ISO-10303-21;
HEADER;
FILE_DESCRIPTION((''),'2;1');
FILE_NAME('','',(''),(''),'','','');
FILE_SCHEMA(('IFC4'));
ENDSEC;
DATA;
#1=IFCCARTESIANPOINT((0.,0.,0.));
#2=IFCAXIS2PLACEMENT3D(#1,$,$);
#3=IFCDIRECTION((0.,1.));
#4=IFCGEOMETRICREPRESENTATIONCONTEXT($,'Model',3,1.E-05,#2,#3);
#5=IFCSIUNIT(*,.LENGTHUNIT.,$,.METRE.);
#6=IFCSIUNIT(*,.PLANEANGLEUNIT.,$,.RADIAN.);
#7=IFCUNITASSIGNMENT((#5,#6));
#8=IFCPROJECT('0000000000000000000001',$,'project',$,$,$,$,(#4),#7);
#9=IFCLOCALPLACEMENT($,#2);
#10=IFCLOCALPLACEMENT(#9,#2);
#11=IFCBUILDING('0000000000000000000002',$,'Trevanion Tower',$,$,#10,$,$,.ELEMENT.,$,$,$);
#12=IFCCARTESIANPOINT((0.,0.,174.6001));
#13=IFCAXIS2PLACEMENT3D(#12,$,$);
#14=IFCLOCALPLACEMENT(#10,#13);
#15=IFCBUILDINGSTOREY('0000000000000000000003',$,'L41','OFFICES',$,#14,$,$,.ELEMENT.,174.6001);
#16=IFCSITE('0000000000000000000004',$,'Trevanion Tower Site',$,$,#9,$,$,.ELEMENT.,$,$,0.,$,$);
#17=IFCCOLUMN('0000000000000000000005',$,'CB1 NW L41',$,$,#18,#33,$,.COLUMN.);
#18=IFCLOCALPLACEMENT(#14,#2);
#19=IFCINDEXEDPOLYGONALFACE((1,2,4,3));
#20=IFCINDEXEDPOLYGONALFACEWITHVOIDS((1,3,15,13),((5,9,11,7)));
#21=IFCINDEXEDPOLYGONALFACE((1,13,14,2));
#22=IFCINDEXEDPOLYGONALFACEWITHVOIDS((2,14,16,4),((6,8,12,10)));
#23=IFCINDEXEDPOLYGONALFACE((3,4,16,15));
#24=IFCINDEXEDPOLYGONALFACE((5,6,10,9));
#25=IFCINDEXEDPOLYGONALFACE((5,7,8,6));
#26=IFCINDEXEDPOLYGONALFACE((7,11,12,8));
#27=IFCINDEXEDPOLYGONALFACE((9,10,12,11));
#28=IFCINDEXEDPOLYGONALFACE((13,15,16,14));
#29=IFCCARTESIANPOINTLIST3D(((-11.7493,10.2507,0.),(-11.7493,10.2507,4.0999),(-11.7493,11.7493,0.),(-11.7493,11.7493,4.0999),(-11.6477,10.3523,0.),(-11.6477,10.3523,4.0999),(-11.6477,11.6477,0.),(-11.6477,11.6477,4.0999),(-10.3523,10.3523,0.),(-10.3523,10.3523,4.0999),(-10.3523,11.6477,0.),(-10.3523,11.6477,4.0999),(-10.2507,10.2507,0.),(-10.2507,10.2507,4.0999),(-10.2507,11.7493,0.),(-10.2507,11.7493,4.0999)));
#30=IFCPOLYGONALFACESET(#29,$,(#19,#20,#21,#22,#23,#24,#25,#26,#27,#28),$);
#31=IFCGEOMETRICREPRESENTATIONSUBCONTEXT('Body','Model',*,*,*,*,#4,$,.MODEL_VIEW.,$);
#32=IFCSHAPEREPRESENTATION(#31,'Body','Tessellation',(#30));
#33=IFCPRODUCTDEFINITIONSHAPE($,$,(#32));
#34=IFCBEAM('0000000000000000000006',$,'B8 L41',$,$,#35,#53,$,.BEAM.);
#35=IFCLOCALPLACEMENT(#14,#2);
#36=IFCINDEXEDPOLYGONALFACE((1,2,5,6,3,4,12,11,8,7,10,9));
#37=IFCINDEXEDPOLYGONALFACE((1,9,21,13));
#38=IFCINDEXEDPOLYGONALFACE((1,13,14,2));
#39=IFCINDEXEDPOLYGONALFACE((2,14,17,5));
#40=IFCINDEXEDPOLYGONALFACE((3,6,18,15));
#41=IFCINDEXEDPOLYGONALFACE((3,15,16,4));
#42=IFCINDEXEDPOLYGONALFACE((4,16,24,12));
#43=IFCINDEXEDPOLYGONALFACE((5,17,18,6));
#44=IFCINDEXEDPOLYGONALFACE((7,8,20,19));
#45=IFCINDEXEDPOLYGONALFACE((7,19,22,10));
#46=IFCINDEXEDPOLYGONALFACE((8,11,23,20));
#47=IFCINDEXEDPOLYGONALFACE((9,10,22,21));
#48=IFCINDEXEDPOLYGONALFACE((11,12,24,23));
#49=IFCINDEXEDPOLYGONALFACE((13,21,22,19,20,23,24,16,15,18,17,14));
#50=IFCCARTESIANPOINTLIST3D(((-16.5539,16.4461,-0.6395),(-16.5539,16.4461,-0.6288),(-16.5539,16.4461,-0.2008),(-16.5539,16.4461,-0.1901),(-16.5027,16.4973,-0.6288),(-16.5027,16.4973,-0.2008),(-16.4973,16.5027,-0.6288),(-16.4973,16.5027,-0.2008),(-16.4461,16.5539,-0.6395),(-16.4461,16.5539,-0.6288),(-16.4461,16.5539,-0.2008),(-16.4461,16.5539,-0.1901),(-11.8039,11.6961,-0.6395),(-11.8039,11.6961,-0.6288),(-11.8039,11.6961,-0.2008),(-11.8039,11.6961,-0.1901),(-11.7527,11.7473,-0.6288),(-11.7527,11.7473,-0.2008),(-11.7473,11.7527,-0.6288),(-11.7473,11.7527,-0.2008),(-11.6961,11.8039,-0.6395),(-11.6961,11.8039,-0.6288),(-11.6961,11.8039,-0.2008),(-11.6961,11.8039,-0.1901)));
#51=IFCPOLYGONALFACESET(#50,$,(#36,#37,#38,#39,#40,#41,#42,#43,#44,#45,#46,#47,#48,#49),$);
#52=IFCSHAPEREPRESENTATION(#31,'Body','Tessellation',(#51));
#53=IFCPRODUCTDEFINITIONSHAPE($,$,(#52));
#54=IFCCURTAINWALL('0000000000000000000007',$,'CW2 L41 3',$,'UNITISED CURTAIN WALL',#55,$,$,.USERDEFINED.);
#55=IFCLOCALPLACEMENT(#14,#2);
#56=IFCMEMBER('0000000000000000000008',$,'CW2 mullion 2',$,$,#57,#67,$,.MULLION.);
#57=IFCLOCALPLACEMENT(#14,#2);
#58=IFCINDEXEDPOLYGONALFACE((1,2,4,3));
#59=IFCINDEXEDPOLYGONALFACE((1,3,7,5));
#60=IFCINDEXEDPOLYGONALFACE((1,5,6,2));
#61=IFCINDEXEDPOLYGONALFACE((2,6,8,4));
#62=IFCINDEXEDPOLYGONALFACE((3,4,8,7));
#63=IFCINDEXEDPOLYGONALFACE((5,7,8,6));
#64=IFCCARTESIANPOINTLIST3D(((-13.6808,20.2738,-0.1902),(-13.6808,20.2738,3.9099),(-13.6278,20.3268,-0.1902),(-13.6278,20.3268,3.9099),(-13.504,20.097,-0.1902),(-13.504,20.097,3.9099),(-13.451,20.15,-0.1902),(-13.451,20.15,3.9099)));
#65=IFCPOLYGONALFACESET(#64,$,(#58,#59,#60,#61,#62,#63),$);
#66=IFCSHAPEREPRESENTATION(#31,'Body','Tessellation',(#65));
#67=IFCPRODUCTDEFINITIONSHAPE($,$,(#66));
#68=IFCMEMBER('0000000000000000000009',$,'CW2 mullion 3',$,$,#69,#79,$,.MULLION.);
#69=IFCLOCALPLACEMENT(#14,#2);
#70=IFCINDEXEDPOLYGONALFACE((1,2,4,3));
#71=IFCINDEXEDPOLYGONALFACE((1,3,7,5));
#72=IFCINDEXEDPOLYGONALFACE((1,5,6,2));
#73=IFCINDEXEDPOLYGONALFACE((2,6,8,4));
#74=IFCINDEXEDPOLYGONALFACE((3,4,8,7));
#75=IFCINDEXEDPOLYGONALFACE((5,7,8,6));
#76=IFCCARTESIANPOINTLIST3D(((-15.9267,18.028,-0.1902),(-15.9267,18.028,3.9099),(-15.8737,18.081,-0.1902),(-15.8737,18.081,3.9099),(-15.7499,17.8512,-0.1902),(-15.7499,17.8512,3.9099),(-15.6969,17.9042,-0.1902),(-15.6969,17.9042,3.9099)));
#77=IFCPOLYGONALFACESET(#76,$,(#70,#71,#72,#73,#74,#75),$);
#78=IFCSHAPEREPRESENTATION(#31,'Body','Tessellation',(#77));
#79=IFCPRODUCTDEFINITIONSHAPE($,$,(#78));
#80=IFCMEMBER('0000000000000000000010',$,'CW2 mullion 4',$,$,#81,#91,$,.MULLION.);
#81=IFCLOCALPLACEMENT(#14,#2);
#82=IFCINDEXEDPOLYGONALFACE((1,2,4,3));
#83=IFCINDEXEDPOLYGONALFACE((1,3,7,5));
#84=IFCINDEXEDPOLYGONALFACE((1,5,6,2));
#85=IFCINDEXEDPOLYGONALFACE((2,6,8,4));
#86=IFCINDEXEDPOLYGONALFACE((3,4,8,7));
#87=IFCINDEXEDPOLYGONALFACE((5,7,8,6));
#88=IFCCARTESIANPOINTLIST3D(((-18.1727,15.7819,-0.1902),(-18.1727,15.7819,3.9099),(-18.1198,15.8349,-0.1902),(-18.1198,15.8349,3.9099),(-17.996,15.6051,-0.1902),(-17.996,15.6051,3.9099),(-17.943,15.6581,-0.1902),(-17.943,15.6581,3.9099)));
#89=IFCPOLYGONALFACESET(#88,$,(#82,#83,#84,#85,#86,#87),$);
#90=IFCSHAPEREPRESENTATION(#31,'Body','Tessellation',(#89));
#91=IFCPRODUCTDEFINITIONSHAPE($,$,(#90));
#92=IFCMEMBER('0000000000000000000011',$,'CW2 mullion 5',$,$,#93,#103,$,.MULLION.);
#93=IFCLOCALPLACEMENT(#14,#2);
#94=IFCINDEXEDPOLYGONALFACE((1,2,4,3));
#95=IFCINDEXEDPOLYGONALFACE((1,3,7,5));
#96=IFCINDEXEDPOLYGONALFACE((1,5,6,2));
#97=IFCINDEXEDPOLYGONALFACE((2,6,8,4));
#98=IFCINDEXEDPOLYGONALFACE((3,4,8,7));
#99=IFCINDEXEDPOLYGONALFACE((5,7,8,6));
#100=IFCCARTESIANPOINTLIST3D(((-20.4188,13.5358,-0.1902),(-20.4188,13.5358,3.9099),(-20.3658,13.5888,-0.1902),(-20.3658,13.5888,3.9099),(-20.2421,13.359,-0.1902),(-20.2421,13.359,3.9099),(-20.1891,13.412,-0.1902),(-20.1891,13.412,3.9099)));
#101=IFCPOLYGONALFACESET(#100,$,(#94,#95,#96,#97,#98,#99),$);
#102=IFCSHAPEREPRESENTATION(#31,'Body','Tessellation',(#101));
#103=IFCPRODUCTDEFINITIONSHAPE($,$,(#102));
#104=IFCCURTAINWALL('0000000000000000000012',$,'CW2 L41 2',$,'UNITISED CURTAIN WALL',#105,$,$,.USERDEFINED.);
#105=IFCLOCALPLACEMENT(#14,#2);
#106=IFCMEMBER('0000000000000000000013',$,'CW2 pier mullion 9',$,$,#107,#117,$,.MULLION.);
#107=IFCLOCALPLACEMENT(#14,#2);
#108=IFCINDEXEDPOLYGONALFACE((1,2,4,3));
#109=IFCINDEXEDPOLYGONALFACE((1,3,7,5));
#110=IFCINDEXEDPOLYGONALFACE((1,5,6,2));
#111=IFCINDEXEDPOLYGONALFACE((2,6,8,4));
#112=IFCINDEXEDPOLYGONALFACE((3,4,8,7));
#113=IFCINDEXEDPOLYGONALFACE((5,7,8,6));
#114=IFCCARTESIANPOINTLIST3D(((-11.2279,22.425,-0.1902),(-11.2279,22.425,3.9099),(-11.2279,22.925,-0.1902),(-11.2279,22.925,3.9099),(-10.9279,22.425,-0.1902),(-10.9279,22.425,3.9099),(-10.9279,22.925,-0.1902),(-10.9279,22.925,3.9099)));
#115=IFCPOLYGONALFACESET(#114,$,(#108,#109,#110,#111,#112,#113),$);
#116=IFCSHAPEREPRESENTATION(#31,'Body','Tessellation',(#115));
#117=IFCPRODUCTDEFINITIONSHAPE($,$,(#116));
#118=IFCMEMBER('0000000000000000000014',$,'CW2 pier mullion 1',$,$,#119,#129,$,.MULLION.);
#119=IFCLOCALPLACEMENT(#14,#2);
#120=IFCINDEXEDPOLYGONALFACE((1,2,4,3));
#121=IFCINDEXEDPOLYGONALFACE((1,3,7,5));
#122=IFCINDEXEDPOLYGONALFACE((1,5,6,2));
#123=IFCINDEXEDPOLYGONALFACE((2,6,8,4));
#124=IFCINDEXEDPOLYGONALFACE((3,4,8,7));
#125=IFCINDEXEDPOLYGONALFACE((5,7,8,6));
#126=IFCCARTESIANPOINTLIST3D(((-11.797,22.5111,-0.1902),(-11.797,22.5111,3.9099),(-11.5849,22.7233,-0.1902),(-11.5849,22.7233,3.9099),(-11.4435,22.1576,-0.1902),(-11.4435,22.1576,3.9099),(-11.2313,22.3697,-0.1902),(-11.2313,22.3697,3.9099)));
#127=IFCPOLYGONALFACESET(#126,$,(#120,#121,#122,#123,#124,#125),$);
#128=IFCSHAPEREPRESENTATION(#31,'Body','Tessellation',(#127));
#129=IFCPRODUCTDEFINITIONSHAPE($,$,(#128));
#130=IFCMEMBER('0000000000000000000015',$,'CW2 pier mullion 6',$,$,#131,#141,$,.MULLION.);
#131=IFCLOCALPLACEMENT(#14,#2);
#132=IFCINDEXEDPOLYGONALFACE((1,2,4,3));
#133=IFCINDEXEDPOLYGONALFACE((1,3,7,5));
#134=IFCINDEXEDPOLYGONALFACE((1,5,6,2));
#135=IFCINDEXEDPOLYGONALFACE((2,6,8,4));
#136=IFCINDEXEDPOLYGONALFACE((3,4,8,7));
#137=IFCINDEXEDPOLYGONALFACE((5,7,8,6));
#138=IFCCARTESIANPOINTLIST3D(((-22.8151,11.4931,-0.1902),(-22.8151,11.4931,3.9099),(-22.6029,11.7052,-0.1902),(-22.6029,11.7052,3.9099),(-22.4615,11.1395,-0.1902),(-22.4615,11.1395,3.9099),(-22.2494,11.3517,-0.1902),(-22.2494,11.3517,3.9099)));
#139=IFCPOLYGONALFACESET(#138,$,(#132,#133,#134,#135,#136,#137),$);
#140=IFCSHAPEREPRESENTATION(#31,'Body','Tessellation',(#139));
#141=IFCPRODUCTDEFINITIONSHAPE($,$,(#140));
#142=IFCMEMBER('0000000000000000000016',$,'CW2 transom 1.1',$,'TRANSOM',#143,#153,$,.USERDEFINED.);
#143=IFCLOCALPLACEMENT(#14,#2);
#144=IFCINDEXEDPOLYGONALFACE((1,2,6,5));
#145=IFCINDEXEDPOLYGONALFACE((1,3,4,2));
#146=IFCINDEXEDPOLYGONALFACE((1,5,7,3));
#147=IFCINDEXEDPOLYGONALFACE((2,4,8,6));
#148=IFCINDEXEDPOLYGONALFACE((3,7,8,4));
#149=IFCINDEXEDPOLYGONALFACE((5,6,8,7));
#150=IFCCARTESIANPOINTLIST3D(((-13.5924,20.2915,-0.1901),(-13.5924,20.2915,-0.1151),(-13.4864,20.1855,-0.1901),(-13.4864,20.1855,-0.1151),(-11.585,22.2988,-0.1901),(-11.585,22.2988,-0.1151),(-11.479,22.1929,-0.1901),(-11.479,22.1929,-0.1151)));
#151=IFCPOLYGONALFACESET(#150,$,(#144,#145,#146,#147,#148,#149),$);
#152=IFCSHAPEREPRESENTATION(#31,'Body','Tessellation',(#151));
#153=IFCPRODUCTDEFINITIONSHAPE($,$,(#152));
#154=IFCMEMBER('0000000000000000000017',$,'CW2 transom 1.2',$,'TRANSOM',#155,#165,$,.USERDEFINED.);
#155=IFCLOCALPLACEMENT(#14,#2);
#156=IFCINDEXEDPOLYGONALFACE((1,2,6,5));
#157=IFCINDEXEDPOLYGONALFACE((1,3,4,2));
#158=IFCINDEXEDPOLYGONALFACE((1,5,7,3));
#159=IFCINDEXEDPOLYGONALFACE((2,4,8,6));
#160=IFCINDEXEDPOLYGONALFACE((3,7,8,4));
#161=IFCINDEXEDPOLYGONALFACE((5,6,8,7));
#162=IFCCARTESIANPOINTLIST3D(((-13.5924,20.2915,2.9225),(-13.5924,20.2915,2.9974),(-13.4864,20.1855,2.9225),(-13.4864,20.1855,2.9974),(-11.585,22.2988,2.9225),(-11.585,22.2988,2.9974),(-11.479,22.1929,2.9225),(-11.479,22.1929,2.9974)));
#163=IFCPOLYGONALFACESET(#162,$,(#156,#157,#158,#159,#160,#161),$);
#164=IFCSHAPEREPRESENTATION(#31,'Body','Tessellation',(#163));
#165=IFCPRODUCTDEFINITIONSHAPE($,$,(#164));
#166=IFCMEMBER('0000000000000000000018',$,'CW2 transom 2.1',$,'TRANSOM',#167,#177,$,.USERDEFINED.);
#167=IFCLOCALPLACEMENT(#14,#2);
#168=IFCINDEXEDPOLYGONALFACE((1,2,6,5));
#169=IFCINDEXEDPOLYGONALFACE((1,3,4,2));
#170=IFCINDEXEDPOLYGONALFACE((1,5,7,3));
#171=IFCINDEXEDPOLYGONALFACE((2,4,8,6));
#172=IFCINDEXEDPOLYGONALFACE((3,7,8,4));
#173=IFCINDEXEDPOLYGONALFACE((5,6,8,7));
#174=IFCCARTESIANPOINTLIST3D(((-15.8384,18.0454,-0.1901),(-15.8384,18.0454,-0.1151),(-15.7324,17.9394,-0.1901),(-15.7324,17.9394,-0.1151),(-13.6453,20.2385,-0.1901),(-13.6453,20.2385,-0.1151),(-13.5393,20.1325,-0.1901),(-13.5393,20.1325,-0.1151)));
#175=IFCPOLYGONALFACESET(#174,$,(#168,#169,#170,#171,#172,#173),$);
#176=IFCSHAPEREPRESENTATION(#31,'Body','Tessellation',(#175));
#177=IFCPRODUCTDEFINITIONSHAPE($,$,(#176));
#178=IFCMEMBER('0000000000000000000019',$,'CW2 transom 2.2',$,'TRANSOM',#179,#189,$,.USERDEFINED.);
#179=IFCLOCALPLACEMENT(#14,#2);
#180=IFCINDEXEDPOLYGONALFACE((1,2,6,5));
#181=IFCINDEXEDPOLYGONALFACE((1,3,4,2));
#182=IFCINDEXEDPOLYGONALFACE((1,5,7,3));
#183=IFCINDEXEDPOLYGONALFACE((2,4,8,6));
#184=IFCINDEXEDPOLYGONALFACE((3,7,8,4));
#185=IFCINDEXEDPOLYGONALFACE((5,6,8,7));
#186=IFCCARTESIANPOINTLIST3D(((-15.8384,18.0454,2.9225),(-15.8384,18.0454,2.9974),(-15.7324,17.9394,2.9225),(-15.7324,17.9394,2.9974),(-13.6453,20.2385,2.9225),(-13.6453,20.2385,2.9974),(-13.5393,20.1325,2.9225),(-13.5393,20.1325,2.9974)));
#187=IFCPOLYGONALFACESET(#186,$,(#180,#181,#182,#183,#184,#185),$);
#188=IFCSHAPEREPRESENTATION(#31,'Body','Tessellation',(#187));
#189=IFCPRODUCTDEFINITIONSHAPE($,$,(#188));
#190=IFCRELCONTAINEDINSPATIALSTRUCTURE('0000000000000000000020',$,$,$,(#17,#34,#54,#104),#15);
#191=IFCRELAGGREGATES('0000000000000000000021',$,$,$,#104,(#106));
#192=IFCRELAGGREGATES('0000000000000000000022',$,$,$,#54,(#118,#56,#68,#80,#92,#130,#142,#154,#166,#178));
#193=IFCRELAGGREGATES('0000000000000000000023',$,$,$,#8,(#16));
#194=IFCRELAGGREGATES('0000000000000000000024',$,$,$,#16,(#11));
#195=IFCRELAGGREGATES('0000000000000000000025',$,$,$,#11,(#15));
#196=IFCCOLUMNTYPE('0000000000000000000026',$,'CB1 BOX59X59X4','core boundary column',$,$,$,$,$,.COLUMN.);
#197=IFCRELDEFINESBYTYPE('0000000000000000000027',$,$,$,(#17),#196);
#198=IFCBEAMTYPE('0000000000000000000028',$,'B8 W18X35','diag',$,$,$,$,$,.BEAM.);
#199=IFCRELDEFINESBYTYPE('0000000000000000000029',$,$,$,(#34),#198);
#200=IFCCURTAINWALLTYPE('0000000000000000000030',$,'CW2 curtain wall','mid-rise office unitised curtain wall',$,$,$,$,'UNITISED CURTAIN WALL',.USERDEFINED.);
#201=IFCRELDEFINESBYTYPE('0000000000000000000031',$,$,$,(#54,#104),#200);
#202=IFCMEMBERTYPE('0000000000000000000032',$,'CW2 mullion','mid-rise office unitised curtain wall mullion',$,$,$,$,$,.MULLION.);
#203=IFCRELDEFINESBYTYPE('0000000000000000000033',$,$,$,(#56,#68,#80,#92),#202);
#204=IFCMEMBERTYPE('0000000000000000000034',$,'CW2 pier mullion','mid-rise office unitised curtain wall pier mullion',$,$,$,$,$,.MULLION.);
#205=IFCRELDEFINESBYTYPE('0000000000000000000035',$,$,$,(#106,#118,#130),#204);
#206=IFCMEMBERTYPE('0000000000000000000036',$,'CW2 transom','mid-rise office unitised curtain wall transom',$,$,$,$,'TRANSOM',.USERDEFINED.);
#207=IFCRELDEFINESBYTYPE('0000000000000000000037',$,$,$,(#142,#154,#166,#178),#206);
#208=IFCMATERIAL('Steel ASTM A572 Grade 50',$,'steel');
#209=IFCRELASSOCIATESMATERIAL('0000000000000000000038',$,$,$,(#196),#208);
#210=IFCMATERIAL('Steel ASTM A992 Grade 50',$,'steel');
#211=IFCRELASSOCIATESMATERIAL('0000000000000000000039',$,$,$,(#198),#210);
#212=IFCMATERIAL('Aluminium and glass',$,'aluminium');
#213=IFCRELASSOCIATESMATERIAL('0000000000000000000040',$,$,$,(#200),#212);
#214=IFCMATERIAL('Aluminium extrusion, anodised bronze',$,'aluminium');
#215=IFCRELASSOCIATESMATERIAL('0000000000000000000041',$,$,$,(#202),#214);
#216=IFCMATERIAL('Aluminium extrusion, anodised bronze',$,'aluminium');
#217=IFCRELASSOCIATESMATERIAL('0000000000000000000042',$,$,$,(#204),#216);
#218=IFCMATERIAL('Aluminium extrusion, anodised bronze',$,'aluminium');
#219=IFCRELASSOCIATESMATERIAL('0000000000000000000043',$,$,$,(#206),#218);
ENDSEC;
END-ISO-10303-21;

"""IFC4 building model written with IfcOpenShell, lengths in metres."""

from ifc_helpers import new_model, si_unit, direction, frame, origin, origin_2d, place, context, subcontext, project, spatial, rectangle, hollow_rectangle, i_section, extrude, material, material_profile, profile_set, type_object, element, aggregate, save


model = new_model("IFC4")

# Units and contexts
model_context = context("Model", 3, precision=1e-05, world=origin(), true_north=direction((0.0, 1.0)))
body_context = subcontext(model_context, "Body", "Model", "MODEL_VIEW")
ifc_project = project(units=[si_unit("LENGTHUNIT", "METRE"), si_unit("PLANEANGLEUNIT", "RADIAN")], contexts=[model_context])

# Site, building, storey
site_placement = place(None, origin())
site = spatial("IfcSite", under=ifc_project, at=site_placement, Name="Trevanion Tower Site", CompositionType="ELEMENT", RefElevation=0.0)
building_placement = place(site_placement, origin())
building = spatial("IfcBuilding", under=site, at=building_placement, Name="Trevanion Tower", CompositionType="ELEMENT")
storey_placement = place(building_placement, frame((0.0, 0.0, 174.6001)))
storey = spatial("IfcBuildingStorey", under=building, at=storey_placement, Name="L41", Description="OFFICES", CompositionType="ELEMENT", Elevation=174.6001)

# Column
ifc_material_1 = material(Name="Steel ASTM A572 Grade 50", Category="steel")
ifc_material_profile_1 = material_profile(ifc_material_1, hollow_rectangle(XDim=1.4985, YDim=1.4985, WallThickness=0.1016, at=origin_2d()), Name="BOX59X59X4")
ifc_profile_set_1 = profile_set([ifc_material_profile_1], Name="Steel ASTM A572 Grade 50")
column_type = type_object("IfcColumnType", Name="CB1 BOX59X59X4", Description="core boundary column", PredefinedType="COLUMN", material=ifc_profile_set_1)
column_placement = place(storey_placement, frame((-11.0, 11.0, 0.0), z_axis=(0.0, 0.0, 1.0), x_axis=(1.0, 0.0, 0.0)))
element("IfcColumn", 1, at=column_placement, inside=storey, type_object=column_type, Name="CB1 NW L41", PredefinedType="COLUMN", context=body_context, shape_type="SweptSolid", body=[
    extrude(hollow_rectangle(XDim=1.4985, YDim=1.4985, WallThickness=0.1016, at=origin_2d()), origin(), (0.0, 0.0, 1.0), 4.0999),
])

# Beam
ifc_material_2 = material(Name="Steel ASTM A992 Grade 50", Category="steel")
ifc_material_profile_2 = material_profile(ifc_material_2, i_section(OverallWidth=0.1523, OverallDepth=0.4495, WebThickness=0.0076, FlangeThickness=0.0107, at=origin_2d()), Name="W18X35")
ifc_profile_set_2 = profile_set([ifc_material_profile_2], Name="Steel ASTM A992 Grade 50")
beam_type = type_object("IfcBeamType", Name="B8 W18X35", Description="diag", PredefinedType="BEAM", material=ifc_profile_set_2)
beam_placement = place(storey_placement, frame((-11.75, 11.75, -0.4148), z_axis=(-0.707107, 0.707107, 0.0), x_axis=(-0.707107, -0.707107, 0.0)))
element("IfcBeam", 2, at=beam_placement, inside=storey, type_object=beam_type, Name="B8 L41", PredefinedType="BEAM", context=body_context, shape_type="SweptSolid", body=[
    extrude(i_section(OverallWidth=0.1523, OverallDepth=0.4495, WebThickness=0.0076, FlangeThickness=0.0107, at=origin_2d()), origin(), (0.0, 0.0, 1.0), 6.7175),
])

# Curtain wall, members
ifc_material_3 = material(Name="Aluminium and glass", Category="aluminium")
curtain_wall_type = type_object("IfcCurtainWallType", Name="CW2 curtain wall", Description="mid-rise office unitised curtain wall", ElementType="UNITISED CURTAIN WALL", PredefinedType="USERDEFINED", material=ifc_material_3)
curtain_wall_1_placement = place(storey_placement, origin())
curtain_wall_1 = element("IfcCurtainWall", 3, at=curtain_wall_1_placement, inside=storey, type_object=curtain_wall_type, Name="CW2 L41 3", ObjectType="UNITISED CURTAIN WALL", PredefinedType="USERDEFINED")
ifc_material_4 = material(Name="Aluminium extrusion, anodised bronze", Category="aluminium")
ifc_material_profile_3 = material_profile(ifc_material_4, rectangle(XDim=0.075, YDim=0.25, at=origin_2d()), Name="CW2 mullion")
ifc_profile_set_3 = profile_set([ifc_material_profile_3], Name="Aluminium extrusion, anodised bronze")
member_type_1 = type_object("IfcMemberType", Name="CW2 mullion", Description="mid-rise office unitised curtain wall mullion", PredefinedType="MULLION", material=ifc_profile_set_3)
member_1_placement = place(storey_placement, frame((-13.5659, 20.2119, -0.1902), z_axis=(0.0, 0.0, 1.0), x_axis=(-0.707107, -0.707107, 0.0)))
member_1 = element("IfcMember", 4, at=member_1_placement, type_object=member_type_1, Name="CW2 mullion 2", PredefinedType="MULLION", context=body_context, shape_type="SweptSolid", body=[
    extrude(rectangle(XDim=0.075, YDim=0.25, at=origin_2d()), origin(), (0.0, 0.0, 1.0), 4.1001),
])
member_2_placement = place(storey_placement, frame((-15.8118, 17.9661, -0.1902), z_axis=(0.0, 0.0, 1.0), x_axis=(-0.707107, -0.707107, 0.0)))
member_2 = element("IfcMember", 5, at=member_2_placement, type_object=member_type_1, Name="CW2 mullion 3", PredefinedType="MULLION", context=body_context, shape_type="SweptSolid", body=[
    extrude(rectangle(XDim=0.075, YDim=0.25, at=origin_2d()), origin(), (0.0, 0.0, 1.0), 4.1001),
])
member_3_placement = place(storey_placement, frame((-18.0579, 15.72, -0.1902), z_axis=(0.0, 0.0, 1.0), x_axis=(-0.707107, -0.707107, 0.0)))
member_3 = element("IfcMember", 6, at=member_3_placement, type_object=member_type_1, Name="CW2 mullion 4", PredefinedType="MULLION", context=body_context, shape_type="SweptSolid", body=[
    extrude(rectangle(XDim=0.075, YDim=0.25, at=origin_2d()), origin(), (0.0, 0.0, 1.0), 4.1001),
])
member_4_placement = place(storey_placement, frame((-20.304, 13.4739, -0.1902), z_axis=(0.0, 0.0, 1.0), x_axis=(-0.707107, -0.707107, 0.0)))
member_4 = element("IfcMember", 7, at=member_4_placement, type_object=member_type_1, Name="CW2 mullion 5", PredefinedType="MULLION", context=body_context, shape_type="SweptSolid", body=[
    extrude(rectangle(XDim=0.075, YDim=0.25, at=origin_2d()), origin(), (0.0, 0.0, 1.0), 4.1001),
])

# Curtain wall, member
curtain_wall_2_placement = place(storey_placement, origin())
curtain_wall_2 = element("IfcCurtainWall", 8, at=curtain_wall_2_placement, inside=storey, type_object=curtain_wall_type, Name="CW2 L41 2", ObjectType="UNITISED CURTAIN WALL", PredefinedType="USERDEFINED")
ifc_material_5 = material(Name="Aluminium extrusion, anodised bronze", Category="aluminium")
ifc_material_profile_4 = material_profile(ifc_material_5, rectangle(XDim=0.3, YDim=0.5, at=origin_2d()), Name="CW2 pier mullion")
ifc_profile_set_4 = profile_set([ifc_material_profile_4], Name="Aluminium extrusion, anodised bronze")
member_type_2 = type_object("IfcMemberType", Name="CW2 pier mullion", Description="mid-rise office unitised curtain wall pier mullion", PredefinedType="MULLION", material=ifc_profile_set_4)
member_5_placement = place(storey_placement, frame((-11.0779, 22.675, -0.1902), z_axis=(0.0, 0.0, 1.0), x_axis=(-1.0, 0.0, 0.0)))
member_5 = element("IfcMember", 9, at=member_5_placement, type_object=member_type_2, Name="CW2 pier mullion 9", PredefinedType="MULLION", context=body_context, shape_type="SweptSolid", body=[
    extrude(rectangle(XDim=0.3, YDim=0.5, at=origin_2d()), origin(), (0.0, 0.0, 1.0), 4.1001),
])
aggregate(curtain_wall_2, [member_5])

# Members
member_6_placement = place(storey_placement, frame((-11.5142, 22.4404, -0.1902), z_axis=(0.0, 0.0, 1.0), x_axis=(-0.707107, -0.707107, 0.0)))
member_6 = element("IfcMember", 10, at=member_6_placement, type_object=member_type_2, Name="CW2 pier mullion 1", PredefinedType="MULLION", context=body_context, shape_type="SweptSolid", body=[
    extrude(rectangle(XDim=0.3, YDim=0.5, at=origin_2d()), origin(), (0.0, 0.0, 1.0), 4.1001),
])
member_7_placement = place(storey_placement, frame((-22.5322, 11.4224, -0.1902), z_axis=(0.0, 0.0, 1.0), x_axis=(-0.707107, -0.707107, 0.0)))
member_7 = element("IfcMember", 11, at=member_7_placement, type_object=member_type_2, Name="CW2 pier mullion 6", PredefinedType="MULLION", context=body_context, shape_type="SweptSolid", body=[
    extrude(rectangle(XDim=0.3, YDim=0.5, at=origin_2d()), origin(), (0.0, 0.0, 1.0), 4.1001),
])
ifc_material_6 = material(Name="Aluminium extrusion, anodised bronze", Category="aluminium")
ifc_material_profile_5 = material_profile(ifc_material_6, rectangle(XDim=0.1499, YDim=0.075, at=origin_2d()), Name="CW2 transom")
ifc_profile_set_5 = profile_set([ifc_material_profile_5], Name="Aluminium extrusion, anodised bronze")
member_type_3 = type_object("IfcMemberType", Name="CW2 transom", Description="mid-rise office unitised curtain wall transom", ElementType="TRANSOM", PredefinedType="USERDEFINED", material=ifc_profile_set_5)
member_8_placement = place(storey_placement, frame((-11.532, 22.2458, -0.1526), z_axis=(-0.707107, -0.707107, 0.0), x_axis=(0.707107, -0.707107, 0.0)))
member_8 = element("IfcMember", 12, at=member_8_placement, type_object=member_type_3, Name="CW2 transom 1.1", ObjectType="TRANSOM", PredefinedType="USERDEFINED", context=body_context, shape_type="SweptSolid", body=[
    extrude(rectangle(XDim=0.1499, YDim=0.075, at=origin_2d()), origin(), (0.0, 0.0, 1.0), 2.8389),
])
member_9_placement = place(storey_placement, frame((-11.532, 22.2458, 2.96), z_axis=(-0.707107, -0.707107, 0.0), x_axis=(0.707107, -0.707107, 0.0)))
member_9 = element("IfcMember", 13, at=member_9_placement, type_object=member_type_3, Name="CW2 transom 1.2", ObjectType="TRANSOM", PredefinedType="USERDEFINED", context=body_context, shape_type="SweptSolid", body=[
    extrude(rectangle(XDim=0.1499, YDim=0.075, at=origin_2d()), origin(), (0.0, 0.0, 1.0), 2.8389),
])
member_10_placement = place(storey_placement, frame((-13.5923, 20.1855, -0.1526), z_axis=(-0.707107, -0.707107, 0.0), x_axis=(0.707107, -0.707107, 0.0)))
member_10 = element("IfcMember", 14, at=member_10_placement, type_object=member_type_3, Name="CW2 transom 2.1", ObjectType="TRANSOM", PredefinedType="USERDEFINED", context=body_context, shape_type="SweptSolid", body=[
    extrude(rectangle(XDim=0.1499, YDim=0.075, at=origin_2d()), origin(), (0.0, 0.0, 1.0), 3.1016),
])
member_11_placement = place(storey_placement, frame((-13.5923, 20.1855, 2.96), z_axis=(-0.707107, -0.707107, 0.0), x_axis=(0.707107, -0.707107, 0.0)))
member_11 = element("IfcMember", 15, at=member_11_placement, type_object=member_type_3, Name="CW2 transom 2.2", ObjectType="TRANSOM", PredefinedType="USERDEFINED", context=body_context, shape_type="SweptSolid", body=[
    extrude(rectangle(XDim=0.1499, YDim=0.075, at=origin_2d()), origin(), (0.0, 0.0, 1.0), 3.1016),
])

aggregate(curtain_wall_1, [member_6, member_1, member_2, member_3, member_4, member_7, member_8, member_9, member_10, member_11])

save(model, "model.ifc")
